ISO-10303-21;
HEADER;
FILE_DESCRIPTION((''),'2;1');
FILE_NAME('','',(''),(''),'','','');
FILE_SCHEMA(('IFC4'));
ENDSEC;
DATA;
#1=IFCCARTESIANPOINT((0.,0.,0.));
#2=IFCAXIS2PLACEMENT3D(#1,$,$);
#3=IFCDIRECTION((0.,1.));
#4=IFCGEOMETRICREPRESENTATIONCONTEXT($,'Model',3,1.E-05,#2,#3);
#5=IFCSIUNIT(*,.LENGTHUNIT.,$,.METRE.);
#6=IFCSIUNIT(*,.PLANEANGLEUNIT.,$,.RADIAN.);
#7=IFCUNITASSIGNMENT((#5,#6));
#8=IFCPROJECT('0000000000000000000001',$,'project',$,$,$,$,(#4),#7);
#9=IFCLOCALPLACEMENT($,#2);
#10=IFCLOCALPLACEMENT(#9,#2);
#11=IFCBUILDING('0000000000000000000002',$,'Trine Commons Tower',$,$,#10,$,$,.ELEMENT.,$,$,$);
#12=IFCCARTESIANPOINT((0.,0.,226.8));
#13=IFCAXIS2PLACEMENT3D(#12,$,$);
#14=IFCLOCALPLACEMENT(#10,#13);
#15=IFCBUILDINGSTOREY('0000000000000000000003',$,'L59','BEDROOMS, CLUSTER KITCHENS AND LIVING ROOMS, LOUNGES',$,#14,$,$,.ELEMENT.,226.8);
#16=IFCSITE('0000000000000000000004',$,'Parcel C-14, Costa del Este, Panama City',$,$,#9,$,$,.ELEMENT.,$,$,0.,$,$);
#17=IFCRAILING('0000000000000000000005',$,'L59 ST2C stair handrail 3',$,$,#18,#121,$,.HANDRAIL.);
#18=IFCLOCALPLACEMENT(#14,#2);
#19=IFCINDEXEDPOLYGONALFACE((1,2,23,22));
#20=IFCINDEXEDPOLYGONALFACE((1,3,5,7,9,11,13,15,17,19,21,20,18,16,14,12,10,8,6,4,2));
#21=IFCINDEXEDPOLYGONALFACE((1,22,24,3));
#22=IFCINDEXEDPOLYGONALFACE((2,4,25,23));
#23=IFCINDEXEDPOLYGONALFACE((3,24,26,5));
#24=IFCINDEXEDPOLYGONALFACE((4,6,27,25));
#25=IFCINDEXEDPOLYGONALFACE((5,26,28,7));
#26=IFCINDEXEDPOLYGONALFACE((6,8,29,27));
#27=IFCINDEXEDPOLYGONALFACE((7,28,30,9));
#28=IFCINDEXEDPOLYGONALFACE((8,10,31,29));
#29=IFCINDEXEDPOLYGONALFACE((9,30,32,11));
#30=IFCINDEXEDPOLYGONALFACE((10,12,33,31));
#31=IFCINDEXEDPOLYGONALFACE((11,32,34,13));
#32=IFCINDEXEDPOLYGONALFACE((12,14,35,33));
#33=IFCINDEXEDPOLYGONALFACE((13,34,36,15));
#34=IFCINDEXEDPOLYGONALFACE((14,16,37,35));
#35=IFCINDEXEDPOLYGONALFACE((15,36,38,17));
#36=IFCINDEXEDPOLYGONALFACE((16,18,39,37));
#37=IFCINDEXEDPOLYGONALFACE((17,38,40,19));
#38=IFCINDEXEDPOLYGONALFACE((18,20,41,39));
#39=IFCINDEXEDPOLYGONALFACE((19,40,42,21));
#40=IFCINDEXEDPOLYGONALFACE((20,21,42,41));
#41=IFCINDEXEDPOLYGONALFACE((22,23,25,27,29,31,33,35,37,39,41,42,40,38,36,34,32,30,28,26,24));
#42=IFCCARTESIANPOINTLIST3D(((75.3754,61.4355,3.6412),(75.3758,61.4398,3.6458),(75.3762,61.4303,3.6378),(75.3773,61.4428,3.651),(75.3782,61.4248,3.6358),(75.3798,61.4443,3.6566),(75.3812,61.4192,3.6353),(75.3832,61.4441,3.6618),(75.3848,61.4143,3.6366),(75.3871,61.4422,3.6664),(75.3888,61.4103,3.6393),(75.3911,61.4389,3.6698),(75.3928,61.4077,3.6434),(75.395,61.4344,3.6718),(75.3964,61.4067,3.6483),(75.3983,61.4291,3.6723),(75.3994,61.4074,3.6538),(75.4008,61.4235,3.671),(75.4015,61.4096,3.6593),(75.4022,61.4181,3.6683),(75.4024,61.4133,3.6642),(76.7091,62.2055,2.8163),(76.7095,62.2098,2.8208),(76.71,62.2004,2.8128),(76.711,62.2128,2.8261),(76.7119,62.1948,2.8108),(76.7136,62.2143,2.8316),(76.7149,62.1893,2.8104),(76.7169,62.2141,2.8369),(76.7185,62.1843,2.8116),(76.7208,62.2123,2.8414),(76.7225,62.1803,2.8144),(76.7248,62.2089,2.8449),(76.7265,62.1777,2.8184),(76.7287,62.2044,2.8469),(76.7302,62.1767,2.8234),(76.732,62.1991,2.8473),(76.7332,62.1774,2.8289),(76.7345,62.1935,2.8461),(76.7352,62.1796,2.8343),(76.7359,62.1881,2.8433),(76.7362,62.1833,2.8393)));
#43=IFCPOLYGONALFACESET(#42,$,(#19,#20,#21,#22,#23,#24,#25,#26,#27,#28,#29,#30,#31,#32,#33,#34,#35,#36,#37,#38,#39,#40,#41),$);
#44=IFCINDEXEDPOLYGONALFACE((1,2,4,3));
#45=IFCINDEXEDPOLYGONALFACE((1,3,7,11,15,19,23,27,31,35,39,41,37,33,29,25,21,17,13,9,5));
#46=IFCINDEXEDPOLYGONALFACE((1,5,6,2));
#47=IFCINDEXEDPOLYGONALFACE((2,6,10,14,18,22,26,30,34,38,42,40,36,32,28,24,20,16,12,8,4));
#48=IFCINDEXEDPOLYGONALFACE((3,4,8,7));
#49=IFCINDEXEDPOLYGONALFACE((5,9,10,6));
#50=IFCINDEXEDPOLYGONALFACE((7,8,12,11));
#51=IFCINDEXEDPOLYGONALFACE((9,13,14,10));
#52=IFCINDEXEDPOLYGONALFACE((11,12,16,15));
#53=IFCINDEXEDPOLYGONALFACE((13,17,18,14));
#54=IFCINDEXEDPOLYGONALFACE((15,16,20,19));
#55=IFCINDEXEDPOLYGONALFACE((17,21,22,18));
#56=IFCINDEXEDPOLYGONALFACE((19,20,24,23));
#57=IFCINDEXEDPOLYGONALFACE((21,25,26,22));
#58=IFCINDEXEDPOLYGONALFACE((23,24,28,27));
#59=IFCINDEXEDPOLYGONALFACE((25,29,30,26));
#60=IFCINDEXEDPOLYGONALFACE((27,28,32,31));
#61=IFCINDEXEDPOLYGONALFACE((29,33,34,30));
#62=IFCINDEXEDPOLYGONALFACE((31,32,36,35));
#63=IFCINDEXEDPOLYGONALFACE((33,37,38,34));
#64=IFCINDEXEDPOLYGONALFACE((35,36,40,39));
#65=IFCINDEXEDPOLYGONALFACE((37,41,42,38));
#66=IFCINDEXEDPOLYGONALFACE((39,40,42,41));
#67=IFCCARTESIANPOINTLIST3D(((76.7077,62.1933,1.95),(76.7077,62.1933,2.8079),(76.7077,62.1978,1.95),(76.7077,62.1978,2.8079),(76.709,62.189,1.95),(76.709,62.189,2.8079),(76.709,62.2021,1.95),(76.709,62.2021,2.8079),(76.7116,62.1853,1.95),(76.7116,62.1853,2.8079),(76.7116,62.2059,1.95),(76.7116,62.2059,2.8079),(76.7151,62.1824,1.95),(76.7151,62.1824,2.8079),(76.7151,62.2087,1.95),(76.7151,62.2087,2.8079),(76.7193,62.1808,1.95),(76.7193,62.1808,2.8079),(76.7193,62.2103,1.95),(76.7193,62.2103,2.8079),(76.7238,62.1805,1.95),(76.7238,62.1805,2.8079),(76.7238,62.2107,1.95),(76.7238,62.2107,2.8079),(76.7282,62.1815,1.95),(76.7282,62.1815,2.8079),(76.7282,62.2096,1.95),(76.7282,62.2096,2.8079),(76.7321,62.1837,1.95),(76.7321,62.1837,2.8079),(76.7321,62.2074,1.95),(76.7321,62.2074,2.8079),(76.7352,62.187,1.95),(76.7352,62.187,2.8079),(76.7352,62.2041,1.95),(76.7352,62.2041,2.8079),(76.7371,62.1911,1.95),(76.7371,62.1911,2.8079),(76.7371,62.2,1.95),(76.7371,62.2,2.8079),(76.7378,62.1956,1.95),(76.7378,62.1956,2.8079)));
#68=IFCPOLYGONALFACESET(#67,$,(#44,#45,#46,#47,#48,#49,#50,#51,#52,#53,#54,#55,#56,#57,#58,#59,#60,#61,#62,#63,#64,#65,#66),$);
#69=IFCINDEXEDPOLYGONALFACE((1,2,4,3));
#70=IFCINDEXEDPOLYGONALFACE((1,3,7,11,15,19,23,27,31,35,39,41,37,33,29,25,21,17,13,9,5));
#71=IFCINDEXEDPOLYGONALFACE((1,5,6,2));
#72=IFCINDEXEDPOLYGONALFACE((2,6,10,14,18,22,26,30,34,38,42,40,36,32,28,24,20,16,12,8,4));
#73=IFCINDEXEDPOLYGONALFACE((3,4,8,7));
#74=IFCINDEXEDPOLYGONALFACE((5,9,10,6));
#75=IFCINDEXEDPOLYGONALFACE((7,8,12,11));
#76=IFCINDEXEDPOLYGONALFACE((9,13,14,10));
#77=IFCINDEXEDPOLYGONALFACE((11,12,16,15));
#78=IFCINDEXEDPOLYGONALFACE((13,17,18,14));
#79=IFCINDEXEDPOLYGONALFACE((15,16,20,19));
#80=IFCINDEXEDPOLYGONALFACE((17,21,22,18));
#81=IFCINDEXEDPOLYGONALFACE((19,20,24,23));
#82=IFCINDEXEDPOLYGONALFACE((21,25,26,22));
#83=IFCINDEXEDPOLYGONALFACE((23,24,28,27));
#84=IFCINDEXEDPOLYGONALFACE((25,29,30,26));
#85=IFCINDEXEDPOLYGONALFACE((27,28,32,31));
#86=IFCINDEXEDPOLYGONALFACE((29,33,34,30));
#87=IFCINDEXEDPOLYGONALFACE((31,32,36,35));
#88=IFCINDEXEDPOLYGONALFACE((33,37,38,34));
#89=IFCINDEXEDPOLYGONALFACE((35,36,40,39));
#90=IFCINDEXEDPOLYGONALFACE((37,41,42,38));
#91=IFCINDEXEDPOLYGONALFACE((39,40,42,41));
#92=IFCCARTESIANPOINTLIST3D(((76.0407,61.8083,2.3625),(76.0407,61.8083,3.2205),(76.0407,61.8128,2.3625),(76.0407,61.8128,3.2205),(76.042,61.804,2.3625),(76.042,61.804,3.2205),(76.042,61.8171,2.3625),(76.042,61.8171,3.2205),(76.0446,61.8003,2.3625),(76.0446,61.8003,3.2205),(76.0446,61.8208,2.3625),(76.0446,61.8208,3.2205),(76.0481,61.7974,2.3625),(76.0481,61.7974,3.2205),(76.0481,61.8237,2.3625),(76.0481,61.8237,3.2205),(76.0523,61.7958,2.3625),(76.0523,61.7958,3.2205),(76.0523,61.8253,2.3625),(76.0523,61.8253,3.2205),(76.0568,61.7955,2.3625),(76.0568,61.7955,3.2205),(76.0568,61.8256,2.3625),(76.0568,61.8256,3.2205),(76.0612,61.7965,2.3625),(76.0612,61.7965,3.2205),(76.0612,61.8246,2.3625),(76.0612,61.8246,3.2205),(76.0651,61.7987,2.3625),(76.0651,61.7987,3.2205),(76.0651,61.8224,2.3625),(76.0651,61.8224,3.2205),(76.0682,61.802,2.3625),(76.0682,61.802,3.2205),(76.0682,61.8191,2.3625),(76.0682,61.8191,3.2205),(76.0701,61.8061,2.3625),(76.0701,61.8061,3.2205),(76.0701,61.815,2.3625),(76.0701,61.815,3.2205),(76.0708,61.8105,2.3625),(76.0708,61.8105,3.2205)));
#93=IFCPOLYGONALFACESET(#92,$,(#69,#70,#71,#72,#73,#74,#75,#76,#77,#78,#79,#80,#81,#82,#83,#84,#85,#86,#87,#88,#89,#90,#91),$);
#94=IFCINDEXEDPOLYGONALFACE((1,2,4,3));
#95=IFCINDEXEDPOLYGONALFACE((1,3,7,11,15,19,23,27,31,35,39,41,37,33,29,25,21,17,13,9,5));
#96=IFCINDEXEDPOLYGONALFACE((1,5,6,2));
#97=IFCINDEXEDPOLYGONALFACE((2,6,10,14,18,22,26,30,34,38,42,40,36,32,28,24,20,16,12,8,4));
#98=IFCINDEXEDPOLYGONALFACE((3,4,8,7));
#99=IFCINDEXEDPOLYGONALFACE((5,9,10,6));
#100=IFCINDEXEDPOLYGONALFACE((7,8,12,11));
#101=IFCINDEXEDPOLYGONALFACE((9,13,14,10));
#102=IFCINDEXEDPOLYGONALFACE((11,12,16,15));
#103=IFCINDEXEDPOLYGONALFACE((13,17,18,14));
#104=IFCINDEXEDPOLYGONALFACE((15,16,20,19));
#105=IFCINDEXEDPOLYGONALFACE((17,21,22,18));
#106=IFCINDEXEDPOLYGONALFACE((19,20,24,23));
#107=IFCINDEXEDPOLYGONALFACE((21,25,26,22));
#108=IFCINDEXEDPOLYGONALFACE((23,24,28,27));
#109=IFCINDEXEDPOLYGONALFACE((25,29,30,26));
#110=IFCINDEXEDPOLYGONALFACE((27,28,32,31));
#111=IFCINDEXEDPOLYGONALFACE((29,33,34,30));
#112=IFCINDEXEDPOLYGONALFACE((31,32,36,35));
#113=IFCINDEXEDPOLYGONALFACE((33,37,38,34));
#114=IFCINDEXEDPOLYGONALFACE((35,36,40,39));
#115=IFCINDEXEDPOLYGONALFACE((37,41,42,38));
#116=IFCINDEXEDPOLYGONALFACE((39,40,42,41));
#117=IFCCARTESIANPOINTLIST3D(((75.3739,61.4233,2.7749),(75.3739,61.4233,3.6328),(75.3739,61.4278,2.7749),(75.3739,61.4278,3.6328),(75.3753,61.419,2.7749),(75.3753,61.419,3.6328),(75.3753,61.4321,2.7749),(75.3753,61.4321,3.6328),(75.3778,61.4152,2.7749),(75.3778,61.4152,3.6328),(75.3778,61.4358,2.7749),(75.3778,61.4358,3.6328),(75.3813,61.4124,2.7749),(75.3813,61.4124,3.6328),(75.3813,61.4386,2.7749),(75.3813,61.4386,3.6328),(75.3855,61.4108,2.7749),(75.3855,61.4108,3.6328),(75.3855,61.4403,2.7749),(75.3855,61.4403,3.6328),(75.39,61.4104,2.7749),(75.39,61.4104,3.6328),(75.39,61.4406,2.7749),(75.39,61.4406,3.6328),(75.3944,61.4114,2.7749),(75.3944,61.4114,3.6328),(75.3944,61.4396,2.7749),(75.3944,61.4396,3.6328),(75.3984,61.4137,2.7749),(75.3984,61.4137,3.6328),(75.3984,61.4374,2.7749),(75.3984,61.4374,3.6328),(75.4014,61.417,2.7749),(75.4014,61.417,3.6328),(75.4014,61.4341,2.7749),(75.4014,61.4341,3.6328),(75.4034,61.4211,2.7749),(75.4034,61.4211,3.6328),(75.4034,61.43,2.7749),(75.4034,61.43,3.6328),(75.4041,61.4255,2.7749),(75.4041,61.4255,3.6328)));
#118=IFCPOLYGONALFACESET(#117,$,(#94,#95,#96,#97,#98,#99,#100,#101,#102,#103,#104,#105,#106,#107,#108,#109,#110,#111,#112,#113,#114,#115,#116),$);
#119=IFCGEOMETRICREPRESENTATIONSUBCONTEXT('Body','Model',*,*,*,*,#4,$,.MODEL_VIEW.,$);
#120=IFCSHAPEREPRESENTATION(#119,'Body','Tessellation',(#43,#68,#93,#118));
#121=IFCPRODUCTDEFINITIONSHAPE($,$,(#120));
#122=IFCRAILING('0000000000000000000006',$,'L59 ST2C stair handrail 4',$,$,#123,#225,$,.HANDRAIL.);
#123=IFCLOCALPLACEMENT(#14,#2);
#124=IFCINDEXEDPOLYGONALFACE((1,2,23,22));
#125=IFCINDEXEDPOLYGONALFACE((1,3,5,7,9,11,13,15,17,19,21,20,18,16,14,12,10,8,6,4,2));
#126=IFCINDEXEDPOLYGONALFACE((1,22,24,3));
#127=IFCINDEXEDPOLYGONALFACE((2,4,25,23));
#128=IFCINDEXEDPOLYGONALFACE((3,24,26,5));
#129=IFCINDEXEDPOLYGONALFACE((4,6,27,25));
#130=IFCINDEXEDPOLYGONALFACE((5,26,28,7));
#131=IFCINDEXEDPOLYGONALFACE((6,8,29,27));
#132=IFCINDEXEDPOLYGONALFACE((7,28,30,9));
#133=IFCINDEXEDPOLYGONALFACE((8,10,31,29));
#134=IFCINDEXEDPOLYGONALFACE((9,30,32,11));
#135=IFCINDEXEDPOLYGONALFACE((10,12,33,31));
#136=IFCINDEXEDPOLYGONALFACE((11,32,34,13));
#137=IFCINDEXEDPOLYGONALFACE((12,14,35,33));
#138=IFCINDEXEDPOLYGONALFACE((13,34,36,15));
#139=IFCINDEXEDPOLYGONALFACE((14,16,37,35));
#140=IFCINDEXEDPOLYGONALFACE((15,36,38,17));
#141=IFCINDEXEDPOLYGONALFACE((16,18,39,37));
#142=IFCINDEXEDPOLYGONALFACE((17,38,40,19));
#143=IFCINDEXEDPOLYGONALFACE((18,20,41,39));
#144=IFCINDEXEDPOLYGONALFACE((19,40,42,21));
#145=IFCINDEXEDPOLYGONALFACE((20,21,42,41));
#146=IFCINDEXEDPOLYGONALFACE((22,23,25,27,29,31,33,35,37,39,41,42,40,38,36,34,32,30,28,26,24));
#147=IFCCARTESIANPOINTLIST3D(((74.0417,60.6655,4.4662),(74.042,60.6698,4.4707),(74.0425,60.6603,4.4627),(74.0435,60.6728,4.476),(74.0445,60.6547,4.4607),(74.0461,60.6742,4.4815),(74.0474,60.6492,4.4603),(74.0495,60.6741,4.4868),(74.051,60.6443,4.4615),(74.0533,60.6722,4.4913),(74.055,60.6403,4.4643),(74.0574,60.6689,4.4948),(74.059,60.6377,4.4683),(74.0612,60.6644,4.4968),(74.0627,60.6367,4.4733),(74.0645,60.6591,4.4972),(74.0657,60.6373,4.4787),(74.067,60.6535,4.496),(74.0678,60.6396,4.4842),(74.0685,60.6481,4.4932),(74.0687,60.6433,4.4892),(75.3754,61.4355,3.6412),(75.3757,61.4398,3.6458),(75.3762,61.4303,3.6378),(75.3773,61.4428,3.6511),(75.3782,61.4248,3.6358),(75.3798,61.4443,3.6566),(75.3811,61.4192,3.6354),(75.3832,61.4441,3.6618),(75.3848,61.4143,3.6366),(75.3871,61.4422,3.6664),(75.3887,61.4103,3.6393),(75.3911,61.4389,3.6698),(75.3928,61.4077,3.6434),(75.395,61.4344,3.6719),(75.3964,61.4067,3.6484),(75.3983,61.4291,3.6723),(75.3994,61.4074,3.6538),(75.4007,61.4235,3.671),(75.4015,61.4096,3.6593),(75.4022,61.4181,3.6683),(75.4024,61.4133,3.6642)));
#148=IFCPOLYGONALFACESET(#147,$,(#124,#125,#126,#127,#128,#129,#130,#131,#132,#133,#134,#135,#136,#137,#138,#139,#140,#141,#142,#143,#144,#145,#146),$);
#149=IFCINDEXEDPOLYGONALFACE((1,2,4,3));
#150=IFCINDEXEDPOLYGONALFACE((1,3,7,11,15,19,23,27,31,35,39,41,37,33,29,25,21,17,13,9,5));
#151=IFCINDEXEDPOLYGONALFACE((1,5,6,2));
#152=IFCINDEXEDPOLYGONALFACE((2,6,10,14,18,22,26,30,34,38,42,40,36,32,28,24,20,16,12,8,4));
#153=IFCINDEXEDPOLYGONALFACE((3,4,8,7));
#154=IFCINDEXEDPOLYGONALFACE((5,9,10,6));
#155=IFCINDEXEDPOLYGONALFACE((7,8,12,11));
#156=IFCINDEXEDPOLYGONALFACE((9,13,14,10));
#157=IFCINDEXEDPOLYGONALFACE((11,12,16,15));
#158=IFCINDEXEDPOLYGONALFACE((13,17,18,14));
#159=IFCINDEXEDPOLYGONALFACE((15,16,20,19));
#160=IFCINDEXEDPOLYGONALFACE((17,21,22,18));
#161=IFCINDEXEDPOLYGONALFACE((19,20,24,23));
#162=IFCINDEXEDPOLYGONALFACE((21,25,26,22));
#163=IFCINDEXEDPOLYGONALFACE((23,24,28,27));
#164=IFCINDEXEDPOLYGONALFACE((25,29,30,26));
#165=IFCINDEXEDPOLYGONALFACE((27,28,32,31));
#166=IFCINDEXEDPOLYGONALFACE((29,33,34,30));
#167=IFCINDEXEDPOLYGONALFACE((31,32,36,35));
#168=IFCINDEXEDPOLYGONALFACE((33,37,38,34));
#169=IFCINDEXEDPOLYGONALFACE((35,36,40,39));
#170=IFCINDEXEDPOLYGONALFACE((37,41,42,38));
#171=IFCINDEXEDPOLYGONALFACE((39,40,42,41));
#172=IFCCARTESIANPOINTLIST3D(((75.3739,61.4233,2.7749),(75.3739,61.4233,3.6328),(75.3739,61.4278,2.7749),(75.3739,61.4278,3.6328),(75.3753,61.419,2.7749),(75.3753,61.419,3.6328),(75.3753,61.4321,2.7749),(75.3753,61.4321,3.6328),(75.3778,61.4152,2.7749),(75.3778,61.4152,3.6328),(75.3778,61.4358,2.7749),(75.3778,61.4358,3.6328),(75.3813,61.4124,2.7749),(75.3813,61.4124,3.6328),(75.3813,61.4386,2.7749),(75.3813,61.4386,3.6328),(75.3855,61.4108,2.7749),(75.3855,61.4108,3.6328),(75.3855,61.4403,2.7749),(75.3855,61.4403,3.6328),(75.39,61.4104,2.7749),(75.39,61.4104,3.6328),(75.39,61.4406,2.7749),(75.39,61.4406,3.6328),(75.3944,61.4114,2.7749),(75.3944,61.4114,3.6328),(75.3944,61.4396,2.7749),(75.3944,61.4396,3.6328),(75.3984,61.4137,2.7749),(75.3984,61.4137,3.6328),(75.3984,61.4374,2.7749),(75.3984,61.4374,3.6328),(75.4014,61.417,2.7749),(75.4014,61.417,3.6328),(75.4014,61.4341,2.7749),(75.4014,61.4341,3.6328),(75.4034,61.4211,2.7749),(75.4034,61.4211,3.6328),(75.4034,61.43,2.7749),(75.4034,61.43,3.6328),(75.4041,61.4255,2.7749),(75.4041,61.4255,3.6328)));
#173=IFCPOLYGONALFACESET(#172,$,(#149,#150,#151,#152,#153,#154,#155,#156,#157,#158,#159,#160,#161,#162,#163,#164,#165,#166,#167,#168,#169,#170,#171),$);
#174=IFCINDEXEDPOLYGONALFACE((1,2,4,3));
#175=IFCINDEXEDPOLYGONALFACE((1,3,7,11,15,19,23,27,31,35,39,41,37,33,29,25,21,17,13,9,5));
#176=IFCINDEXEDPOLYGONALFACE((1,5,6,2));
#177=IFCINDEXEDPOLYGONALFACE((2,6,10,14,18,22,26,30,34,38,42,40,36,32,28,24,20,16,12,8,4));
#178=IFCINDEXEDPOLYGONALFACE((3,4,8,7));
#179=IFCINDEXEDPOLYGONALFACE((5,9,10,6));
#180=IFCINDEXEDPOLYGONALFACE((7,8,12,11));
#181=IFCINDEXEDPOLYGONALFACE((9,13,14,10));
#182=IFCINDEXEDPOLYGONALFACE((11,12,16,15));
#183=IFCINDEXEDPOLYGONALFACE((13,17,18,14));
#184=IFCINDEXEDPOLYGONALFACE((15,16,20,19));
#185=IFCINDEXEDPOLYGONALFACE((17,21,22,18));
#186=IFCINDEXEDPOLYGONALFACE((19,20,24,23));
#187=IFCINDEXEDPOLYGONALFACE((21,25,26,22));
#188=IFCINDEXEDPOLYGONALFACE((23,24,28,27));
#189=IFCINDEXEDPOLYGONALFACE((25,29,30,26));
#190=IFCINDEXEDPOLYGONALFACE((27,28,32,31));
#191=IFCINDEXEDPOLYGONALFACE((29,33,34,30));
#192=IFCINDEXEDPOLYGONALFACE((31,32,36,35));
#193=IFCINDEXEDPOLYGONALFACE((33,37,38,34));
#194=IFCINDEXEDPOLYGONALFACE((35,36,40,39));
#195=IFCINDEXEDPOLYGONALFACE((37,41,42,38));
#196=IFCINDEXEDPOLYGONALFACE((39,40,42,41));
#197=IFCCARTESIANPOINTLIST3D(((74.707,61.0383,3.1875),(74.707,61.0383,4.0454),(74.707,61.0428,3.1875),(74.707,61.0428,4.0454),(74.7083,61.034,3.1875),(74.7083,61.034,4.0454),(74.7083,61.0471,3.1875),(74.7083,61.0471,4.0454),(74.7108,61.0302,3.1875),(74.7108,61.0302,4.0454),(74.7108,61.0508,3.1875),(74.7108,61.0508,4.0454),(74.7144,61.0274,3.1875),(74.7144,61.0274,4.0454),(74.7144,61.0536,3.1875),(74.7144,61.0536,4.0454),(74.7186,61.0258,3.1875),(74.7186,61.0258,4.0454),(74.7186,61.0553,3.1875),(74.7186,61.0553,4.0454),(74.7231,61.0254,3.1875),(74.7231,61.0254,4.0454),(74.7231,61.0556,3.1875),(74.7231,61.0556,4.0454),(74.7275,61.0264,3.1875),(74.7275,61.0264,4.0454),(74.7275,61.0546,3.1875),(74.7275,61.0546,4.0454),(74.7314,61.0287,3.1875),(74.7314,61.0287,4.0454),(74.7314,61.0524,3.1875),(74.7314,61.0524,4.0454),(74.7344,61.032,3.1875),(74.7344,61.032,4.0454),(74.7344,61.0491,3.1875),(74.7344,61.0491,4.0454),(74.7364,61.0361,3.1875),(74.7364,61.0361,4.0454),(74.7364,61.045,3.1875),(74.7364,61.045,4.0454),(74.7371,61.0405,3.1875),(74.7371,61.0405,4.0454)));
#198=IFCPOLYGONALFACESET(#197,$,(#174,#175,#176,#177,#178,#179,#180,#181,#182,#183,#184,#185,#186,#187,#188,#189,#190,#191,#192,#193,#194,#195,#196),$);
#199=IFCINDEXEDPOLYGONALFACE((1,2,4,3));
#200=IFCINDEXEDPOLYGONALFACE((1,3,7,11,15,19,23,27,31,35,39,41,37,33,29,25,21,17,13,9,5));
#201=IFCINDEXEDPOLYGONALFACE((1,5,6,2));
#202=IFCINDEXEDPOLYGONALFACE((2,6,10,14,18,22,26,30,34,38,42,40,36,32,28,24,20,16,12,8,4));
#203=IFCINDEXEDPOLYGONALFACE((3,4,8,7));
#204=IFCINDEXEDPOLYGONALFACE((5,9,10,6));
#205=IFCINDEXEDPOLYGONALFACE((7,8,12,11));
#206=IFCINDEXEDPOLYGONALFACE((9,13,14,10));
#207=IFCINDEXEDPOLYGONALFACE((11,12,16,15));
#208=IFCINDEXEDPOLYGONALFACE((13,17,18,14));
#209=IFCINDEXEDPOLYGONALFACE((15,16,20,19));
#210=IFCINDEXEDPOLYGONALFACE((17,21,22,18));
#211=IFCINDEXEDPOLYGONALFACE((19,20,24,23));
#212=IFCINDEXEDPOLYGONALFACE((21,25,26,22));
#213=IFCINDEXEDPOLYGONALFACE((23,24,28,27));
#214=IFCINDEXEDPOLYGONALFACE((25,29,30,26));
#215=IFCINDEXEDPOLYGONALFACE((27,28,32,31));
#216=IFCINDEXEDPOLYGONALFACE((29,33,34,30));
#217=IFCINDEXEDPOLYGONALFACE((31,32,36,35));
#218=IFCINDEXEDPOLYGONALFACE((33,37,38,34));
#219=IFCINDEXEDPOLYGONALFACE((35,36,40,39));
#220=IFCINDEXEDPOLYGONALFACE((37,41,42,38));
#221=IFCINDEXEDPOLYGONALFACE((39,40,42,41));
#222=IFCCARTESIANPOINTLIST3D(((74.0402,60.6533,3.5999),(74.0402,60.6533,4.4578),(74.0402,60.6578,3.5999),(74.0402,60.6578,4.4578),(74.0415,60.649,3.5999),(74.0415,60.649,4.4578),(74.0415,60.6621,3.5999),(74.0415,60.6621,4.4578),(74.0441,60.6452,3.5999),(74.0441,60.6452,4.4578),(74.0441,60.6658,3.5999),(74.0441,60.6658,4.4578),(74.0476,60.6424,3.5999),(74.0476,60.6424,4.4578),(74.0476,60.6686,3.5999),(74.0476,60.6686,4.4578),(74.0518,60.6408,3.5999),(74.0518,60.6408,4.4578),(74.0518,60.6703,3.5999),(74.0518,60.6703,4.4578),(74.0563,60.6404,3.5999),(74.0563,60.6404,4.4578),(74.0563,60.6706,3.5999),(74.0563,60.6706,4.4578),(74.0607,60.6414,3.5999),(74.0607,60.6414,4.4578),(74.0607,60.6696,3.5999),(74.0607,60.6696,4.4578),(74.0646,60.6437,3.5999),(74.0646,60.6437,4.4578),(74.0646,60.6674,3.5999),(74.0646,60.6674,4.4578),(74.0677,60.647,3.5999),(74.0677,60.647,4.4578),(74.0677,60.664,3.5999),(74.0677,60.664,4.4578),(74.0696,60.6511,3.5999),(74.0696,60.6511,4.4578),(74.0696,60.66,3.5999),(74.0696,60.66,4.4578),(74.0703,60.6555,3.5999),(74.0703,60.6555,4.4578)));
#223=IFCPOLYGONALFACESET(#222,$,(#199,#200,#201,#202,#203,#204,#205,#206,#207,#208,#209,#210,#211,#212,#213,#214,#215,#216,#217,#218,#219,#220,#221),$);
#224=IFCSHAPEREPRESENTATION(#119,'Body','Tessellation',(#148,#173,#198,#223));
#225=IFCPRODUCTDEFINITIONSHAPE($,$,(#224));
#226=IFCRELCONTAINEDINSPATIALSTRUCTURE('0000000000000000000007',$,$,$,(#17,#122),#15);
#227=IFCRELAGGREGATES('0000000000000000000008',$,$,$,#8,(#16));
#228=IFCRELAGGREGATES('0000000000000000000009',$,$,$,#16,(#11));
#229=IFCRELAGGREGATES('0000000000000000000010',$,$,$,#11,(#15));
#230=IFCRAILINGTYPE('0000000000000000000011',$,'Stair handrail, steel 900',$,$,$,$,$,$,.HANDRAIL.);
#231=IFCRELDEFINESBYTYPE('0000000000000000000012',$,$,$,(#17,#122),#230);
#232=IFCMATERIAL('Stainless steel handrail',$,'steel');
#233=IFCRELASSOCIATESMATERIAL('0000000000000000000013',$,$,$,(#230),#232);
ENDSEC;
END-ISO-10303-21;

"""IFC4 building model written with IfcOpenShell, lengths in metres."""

from ifc_helpers import new_model, si_unit, direction, frame, origin, origin_2d, place, context, subcontext, project, spatial, circle, extrude, material, type_object, element, save


model = new_model("IFC4")

# Units and contexts
model_context = context("Model", 3, precision=1e-05, world=origin(), true_north=direction((0.0, 1.0)))
body_context = subcontext(model_context, "Body", "Model", "MODEL_VIEW")
ifc_project = project(units=[si_unit("LENGTHUNIT", "METRE"), si_unit("PLANEANGLEUNIT", "RADIAN")], contexts=[model_context])

# Site, building, storey
site_placement = place(None, origin())
site = spatial("IfcSite", under=ifc_project, at=site_placement, Name="Parcel C-14, Costa del Este, Panama City", CompositionType="ELEMENT", RefElevation=0.0)
building_placement = place(site_placement, origin())
building = spatial("IfcBuilding", under=site, at=building_placement, Name="Trine Commons Tower", CompositionType="ELEMENT")
storey_placement = place(building_placement, frame((0.0, 0.0, 226.8)))
storey = spatial("IfcBuildingStorey", under=building, at=storey_placement, Name="L59", Description="BEDROOMS, CLUSTER KITCHENS AND LIVING ROOMS, LOUNGES", CompositionType="ELEMENT", Elevation=226.8)

# Railings
ifc_material_1 = material(Name="Stainless steel handrail", Category="steel")
railing_type_1 = type_object("IfcRailingType", Name="Stair handrail, steel 900", PredefinedType="HANDRAIL", material=ifc_material_1)
for number, where, name in (
    (1, (76.7227, 62.1956, 1.95), "L59 ST2C stair handrail 3"),
    (2, (75.3889, 61.4255, 2.7749), "L59 ST2C stair handrail 4"),
):
    element("IfcRailing", number, at=place(storey_placement, frame(where)), inside=storey, type_object=railing_type_1, Name=name, PredefinedType="HANDRAIL", context=body_context, shape_type="SweptSolid", body=[
        extrude(circle(Radius=0.021, at=origin_2d()), frame((0.0, 0.0, 0.8789), z_axis=(-0.763405, -0.440743, 0.472185), x_axis=(0.499992, -0.86603, 0.0)), (0.0, 0.0, 1.0), 1.7471),
        extrude(circle(Radius=0.0151, at=origin_2d()), origin(), (0.0, 0.0, 1.0), 0.8579),
        extrude(circle(Radius=0.0151, at=origin_2d()), frame((-0.667, -0.385, 0.4126)), (0.0, 0.0, 1.0), 0.8579),
        extrude(circle(Radius=0.0151, at=origin_2d()), frame((-1.3337, -0.77, 0.825)), (0.0, 0.0, 1.0), 0.8579),
    ])

save(model, "model.ifc")
